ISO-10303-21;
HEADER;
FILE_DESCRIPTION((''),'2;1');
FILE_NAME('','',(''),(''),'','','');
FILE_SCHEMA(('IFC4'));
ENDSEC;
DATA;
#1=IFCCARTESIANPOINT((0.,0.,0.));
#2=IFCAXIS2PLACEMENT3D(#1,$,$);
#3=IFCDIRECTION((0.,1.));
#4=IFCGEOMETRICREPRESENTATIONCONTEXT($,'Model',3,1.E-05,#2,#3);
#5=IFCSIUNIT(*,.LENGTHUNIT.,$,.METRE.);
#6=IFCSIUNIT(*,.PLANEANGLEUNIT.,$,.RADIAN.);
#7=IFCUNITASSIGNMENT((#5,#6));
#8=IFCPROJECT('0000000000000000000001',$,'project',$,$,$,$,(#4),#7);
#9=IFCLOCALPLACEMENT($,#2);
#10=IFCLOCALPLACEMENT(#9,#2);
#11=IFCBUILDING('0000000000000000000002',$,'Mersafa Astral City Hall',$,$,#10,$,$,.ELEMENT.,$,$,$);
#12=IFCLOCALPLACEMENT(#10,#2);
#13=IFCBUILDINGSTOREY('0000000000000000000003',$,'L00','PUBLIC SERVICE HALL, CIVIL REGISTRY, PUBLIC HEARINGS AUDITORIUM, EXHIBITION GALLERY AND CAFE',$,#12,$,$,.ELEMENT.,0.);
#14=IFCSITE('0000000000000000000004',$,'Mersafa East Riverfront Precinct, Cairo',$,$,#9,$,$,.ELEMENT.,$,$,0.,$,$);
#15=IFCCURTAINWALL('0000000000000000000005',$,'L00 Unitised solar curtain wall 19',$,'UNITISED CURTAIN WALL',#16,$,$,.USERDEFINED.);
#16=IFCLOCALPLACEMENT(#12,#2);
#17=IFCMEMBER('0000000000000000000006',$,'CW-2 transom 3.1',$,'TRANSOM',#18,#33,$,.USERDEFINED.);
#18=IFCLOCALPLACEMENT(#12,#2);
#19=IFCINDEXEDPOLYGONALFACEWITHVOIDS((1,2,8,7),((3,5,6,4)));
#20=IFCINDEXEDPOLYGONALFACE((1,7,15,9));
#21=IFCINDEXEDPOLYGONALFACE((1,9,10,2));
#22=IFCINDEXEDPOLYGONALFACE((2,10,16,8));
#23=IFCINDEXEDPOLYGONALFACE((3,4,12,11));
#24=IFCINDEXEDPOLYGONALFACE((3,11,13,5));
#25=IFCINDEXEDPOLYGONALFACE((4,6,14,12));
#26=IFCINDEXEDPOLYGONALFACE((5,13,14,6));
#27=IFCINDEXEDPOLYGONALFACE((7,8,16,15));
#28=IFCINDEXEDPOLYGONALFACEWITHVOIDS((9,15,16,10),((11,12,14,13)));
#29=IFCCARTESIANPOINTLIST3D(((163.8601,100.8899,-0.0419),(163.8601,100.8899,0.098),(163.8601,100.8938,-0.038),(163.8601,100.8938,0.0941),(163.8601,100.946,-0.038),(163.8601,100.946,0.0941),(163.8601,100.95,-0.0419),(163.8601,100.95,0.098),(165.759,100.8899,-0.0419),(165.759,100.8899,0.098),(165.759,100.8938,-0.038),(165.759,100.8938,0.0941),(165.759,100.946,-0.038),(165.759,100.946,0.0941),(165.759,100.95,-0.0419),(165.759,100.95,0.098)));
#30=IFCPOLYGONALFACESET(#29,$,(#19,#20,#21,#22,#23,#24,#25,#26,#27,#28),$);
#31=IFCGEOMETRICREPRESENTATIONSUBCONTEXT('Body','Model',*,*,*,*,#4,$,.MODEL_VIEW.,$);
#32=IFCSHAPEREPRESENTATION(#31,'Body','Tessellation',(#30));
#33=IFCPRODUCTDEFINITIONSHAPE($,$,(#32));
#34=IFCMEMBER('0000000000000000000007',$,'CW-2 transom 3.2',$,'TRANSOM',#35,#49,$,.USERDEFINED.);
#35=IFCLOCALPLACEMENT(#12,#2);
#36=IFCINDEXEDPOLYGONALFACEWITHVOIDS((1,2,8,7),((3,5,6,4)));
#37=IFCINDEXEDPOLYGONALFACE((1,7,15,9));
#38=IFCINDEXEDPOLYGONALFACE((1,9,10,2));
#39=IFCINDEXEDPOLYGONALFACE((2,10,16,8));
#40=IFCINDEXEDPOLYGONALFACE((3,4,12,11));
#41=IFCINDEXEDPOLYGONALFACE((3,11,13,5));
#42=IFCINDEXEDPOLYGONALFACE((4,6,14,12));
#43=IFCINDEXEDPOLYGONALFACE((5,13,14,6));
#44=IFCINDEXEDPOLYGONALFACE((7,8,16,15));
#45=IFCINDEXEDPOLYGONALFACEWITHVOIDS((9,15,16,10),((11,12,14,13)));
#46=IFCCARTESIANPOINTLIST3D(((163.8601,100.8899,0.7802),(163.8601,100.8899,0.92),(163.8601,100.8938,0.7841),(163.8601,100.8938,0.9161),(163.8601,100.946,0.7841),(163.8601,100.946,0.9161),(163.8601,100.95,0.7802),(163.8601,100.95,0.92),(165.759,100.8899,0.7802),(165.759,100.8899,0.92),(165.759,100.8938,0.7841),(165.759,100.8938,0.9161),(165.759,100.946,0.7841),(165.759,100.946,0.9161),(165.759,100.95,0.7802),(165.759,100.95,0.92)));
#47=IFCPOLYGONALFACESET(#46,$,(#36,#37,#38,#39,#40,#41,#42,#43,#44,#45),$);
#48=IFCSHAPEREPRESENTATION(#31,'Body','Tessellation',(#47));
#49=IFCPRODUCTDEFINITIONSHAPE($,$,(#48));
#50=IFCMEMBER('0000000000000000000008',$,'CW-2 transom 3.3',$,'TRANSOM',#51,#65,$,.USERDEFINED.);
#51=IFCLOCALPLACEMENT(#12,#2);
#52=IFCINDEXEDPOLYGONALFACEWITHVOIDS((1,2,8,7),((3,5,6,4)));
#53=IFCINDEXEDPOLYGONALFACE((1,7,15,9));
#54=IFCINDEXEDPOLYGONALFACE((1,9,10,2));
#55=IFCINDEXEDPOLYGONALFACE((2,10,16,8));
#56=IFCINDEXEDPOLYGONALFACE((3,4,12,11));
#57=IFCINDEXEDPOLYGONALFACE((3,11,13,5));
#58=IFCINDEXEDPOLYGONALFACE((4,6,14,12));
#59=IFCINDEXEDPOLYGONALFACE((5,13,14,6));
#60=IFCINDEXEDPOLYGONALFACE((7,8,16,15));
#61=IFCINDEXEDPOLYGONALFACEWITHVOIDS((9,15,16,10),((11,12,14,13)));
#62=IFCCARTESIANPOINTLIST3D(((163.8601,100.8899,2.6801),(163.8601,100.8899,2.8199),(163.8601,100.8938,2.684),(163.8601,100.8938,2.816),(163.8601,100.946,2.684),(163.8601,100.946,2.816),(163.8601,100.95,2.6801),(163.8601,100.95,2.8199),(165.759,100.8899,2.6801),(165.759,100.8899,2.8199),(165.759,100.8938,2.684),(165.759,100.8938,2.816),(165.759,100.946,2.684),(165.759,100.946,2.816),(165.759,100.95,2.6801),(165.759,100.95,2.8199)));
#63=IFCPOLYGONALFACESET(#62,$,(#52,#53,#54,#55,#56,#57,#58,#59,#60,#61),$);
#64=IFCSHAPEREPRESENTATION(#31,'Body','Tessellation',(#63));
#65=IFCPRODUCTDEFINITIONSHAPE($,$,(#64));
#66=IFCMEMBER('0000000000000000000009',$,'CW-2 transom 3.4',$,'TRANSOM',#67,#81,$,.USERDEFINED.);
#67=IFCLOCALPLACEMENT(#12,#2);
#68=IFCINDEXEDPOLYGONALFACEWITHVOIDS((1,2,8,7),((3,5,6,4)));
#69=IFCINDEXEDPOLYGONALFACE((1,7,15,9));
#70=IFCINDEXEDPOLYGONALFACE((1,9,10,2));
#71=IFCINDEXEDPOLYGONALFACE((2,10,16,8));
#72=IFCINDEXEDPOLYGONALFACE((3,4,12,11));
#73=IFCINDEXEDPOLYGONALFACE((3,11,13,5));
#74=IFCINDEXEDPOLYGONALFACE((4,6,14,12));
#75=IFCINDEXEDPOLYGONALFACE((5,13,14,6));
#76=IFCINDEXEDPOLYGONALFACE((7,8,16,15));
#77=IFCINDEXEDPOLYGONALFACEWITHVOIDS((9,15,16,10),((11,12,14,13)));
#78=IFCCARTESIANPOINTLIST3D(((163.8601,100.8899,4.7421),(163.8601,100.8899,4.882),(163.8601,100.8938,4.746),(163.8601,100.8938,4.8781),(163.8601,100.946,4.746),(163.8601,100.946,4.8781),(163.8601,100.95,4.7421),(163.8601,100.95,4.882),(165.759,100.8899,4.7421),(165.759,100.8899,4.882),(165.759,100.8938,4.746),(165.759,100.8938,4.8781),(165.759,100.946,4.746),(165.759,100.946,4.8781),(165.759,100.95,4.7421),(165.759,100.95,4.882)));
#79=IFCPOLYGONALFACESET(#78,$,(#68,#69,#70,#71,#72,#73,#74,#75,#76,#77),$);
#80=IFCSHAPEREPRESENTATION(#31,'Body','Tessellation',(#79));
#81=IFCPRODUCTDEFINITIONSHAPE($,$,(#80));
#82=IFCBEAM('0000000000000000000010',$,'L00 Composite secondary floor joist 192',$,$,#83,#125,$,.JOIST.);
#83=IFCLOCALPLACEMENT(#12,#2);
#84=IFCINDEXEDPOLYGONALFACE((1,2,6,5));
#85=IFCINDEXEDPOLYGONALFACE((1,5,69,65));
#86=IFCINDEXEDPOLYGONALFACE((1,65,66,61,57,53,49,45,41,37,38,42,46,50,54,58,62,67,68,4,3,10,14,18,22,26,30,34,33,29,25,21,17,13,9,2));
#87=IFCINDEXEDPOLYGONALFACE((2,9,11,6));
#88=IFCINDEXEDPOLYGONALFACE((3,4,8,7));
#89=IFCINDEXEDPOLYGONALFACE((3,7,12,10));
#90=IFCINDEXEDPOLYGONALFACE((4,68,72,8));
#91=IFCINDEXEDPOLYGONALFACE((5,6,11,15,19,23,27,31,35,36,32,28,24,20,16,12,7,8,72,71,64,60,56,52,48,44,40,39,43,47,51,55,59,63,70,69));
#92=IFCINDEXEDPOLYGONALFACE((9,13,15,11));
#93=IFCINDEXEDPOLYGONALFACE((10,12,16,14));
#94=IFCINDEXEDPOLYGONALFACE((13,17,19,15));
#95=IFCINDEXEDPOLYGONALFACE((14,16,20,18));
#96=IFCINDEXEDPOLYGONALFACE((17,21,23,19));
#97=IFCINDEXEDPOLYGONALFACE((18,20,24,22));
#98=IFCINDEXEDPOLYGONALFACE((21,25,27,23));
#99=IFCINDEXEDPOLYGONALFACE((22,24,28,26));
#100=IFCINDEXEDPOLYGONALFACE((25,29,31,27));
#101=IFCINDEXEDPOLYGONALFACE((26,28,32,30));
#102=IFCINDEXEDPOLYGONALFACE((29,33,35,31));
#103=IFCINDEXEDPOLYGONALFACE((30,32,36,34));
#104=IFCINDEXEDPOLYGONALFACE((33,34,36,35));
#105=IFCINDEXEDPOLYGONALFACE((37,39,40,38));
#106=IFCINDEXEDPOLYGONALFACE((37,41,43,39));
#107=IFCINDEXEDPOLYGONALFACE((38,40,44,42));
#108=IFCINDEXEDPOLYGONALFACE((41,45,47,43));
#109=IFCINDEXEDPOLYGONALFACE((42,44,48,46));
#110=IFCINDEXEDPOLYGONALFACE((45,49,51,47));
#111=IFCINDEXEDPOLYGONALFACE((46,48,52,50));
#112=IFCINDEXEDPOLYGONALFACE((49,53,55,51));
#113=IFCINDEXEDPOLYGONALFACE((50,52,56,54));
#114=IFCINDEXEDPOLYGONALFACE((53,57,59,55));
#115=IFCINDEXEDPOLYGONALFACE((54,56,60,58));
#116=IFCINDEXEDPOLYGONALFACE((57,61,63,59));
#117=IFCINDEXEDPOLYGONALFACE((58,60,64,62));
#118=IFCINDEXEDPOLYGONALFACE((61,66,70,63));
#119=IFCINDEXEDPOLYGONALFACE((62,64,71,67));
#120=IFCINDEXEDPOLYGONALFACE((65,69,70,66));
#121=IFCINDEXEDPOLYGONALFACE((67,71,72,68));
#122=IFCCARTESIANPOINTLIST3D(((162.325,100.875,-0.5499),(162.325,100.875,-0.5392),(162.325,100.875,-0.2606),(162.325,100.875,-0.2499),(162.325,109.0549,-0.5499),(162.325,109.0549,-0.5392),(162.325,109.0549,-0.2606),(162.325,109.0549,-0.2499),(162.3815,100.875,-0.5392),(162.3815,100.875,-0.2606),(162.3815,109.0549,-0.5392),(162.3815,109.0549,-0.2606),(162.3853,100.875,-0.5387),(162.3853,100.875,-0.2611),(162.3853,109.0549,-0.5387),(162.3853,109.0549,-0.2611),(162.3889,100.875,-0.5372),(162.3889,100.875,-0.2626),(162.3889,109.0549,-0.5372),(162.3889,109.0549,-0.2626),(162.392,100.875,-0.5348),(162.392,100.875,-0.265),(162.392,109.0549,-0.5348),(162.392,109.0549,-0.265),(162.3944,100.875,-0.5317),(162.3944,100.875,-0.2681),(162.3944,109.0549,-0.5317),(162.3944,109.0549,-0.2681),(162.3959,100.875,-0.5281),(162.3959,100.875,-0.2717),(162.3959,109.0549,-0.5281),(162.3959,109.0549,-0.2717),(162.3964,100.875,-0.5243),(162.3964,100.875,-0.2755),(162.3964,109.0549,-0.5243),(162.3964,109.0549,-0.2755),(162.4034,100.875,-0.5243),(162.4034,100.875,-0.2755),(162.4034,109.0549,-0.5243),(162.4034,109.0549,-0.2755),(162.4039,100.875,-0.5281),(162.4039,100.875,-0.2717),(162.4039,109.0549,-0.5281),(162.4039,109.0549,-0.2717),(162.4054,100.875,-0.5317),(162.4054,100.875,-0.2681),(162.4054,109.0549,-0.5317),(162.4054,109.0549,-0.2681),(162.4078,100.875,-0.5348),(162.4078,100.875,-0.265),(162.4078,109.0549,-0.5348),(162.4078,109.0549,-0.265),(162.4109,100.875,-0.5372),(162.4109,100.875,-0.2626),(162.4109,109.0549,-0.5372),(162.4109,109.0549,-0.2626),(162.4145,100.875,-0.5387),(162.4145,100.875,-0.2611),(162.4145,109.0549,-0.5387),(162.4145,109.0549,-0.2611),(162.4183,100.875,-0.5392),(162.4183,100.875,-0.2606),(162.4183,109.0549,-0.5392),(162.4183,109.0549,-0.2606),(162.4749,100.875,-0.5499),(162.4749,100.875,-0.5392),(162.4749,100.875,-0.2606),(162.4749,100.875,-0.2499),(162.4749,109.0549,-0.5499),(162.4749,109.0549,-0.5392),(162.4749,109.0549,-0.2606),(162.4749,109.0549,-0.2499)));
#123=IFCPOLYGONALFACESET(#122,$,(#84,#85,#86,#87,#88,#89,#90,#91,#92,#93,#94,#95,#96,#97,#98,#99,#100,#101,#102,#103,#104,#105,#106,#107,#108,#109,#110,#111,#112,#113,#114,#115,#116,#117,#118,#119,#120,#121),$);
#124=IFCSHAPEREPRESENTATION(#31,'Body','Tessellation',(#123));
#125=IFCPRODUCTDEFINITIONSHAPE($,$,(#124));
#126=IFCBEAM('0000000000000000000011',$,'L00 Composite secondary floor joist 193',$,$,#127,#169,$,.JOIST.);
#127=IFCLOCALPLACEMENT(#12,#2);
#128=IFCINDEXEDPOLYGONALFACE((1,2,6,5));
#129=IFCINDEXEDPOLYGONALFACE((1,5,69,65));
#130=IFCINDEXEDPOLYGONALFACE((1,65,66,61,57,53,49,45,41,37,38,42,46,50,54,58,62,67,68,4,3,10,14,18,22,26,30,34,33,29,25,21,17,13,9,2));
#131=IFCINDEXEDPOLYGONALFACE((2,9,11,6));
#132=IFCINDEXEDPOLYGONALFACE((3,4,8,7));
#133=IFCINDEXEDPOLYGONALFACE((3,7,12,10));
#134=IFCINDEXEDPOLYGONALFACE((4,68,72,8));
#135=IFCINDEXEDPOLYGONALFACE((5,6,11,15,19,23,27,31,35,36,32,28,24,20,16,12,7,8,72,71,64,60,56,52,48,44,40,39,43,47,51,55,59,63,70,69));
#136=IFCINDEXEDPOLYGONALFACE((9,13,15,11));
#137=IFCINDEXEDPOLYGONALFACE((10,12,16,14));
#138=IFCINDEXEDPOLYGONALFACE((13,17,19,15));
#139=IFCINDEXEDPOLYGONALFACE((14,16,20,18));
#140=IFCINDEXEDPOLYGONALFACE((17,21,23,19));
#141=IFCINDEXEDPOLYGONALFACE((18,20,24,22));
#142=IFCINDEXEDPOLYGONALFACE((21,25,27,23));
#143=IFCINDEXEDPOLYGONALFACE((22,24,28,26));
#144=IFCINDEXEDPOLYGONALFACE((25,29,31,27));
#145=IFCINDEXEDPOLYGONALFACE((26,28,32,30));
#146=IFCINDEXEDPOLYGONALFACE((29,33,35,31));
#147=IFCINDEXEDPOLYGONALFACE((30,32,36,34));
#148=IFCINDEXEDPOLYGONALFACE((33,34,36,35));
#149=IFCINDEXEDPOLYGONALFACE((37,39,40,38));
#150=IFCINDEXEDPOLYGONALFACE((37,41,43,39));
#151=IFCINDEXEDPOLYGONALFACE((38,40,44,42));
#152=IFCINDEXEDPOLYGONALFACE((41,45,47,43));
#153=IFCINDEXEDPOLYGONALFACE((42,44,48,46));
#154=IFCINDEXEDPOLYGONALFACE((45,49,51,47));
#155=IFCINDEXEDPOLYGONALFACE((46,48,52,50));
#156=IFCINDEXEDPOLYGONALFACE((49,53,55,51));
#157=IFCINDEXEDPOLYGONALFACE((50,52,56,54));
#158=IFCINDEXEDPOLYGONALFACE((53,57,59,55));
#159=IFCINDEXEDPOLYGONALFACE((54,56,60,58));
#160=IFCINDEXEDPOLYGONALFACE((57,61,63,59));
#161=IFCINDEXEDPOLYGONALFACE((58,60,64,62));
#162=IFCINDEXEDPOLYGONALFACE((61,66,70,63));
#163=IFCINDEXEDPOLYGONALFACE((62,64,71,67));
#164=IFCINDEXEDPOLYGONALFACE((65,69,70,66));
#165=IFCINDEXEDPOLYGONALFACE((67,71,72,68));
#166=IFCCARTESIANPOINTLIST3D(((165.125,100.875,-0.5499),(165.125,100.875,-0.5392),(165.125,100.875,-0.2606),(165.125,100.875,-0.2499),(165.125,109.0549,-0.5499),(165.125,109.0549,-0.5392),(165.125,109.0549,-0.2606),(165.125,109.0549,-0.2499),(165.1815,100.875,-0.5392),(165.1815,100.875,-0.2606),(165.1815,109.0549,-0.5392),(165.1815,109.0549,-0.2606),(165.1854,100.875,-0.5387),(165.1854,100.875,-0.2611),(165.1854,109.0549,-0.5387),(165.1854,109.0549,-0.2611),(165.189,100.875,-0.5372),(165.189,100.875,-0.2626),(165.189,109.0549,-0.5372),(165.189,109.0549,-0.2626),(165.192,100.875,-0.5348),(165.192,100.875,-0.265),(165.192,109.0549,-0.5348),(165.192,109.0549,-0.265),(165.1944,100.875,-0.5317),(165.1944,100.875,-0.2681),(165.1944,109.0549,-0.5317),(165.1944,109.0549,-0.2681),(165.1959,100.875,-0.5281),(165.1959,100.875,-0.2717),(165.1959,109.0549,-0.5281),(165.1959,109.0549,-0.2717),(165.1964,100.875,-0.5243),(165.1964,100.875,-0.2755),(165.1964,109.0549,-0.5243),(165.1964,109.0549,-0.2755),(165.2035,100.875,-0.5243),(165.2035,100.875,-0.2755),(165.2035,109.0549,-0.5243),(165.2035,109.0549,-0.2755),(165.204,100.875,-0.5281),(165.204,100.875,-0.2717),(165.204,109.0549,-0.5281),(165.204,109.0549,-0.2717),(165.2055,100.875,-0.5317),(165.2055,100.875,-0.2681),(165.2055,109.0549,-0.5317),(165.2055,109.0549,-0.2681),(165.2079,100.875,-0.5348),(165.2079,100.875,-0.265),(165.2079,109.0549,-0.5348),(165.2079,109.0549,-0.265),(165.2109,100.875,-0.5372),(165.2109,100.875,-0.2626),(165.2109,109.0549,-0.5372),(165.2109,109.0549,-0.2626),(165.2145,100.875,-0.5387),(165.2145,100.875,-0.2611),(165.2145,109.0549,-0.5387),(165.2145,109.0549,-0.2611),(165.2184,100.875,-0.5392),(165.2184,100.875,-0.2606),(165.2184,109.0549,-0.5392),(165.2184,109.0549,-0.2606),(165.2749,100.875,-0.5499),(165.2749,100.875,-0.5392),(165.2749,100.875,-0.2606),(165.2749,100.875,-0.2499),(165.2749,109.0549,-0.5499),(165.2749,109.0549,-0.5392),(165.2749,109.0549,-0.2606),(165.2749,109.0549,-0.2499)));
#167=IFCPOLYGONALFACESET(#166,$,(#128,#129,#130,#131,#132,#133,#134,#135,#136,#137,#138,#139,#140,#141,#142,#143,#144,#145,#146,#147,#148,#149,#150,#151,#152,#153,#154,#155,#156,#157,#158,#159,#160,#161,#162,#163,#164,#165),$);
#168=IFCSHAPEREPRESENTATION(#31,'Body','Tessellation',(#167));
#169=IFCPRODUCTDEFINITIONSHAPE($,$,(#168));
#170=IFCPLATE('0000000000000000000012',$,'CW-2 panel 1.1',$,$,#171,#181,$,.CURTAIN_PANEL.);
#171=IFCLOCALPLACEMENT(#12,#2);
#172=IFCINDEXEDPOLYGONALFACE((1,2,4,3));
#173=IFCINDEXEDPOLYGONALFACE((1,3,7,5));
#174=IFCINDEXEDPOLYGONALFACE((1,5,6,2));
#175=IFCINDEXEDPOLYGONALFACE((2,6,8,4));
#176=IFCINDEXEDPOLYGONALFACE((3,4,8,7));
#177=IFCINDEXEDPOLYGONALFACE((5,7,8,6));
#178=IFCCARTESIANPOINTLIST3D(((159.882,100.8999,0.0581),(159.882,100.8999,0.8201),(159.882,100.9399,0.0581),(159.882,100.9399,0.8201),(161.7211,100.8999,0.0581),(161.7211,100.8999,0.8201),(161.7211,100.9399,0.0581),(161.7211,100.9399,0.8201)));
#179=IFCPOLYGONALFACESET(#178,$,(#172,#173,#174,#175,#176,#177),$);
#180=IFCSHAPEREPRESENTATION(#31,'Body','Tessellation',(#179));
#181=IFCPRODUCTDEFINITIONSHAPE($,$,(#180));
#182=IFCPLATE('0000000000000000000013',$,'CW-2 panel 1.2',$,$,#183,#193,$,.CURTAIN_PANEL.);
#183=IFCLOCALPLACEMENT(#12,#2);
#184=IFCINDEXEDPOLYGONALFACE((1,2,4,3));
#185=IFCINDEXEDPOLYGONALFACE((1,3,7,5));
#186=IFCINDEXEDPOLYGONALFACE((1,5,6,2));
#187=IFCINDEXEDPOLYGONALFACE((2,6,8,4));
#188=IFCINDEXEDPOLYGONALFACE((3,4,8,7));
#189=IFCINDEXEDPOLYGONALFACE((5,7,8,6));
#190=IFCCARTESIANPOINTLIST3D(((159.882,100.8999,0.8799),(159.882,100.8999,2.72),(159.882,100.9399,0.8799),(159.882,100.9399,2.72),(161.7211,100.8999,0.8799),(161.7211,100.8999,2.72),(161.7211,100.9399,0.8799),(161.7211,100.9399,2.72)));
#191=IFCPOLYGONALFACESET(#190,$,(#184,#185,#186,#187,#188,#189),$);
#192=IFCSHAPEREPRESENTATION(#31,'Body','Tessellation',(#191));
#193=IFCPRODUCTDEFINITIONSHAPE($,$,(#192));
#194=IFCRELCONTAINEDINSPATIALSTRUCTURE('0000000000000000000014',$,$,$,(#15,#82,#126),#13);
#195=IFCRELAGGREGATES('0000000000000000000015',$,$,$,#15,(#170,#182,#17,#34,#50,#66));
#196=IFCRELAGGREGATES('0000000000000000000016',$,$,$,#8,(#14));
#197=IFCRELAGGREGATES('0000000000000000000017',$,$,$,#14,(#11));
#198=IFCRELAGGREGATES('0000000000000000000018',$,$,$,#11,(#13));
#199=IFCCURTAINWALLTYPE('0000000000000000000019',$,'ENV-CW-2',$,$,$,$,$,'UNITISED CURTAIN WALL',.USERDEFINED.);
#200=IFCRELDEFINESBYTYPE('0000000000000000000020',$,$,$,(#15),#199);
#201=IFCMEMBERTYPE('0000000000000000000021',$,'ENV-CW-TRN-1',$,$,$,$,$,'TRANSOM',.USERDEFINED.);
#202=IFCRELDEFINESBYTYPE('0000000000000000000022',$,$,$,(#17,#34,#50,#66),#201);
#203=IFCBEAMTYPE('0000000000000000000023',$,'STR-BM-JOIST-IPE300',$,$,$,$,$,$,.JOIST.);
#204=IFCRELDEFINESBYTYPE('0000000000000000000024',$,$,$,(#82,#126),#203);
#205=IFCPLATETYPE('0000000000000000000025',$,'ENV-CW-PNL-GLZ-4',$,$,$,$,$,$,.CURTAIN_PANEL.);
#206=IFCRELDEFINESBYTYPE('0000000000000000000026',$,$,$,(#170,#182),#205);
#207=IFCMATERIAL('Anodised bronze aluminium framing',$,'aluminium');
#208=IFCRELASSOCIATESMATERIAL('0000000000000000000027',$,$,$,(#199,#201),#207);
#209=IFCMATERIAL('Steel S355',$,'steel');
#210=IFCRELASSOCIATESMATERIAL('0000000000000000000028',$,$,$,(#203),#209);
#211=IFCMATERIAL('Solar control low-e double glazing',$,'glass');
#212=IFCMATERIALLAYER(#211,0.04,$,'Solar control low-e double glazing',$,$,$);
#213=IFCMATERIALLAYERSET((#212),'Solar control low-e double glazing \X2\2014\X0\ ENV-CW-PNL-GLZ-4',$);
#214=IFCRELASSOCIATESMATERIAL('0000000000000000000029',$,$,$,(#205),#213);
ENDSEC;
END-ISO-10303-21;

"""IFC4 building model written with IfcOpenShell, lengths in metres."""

from ifc_helpers import new_model, si_unit, direction, frame, origin, origin_2d, place, context, subcontext, project, spatial, rectangle, hollow_rectangle, i_section, extrude, material, layer, layer_set, material_profile, profile_set, type_object, element, aggregate, save


model = new_model("IFC4")

# Units and contexts
model_context = context("Model", 3, precision=1e-05, world=origin(), true_north=direction((0.0, 1.0)))
body_context = subcontext(model_context, "Body", "Model", "MODEL_VIEW")
ifc_project = project(units=[si_unit("LENGTHUNIT", "METRE"), si_unit("PLANEANGLEUNIT", "RADIAN")], contexts=[model_context])

# Site, building, storey
site_placement = place(None, origin())
site = spatial("IfcSite", under=ifc_project, at=site_placement, Name="Mersafa East Riverfront Precinct, Cairo", CompositionType="ELEMENT", RefElevation=0.0)
building_placement = place(site_placement, origin())
building = spatial("IfcBuilding", under=site, at=building_placement, Name="Mersafa Astral City Hall", CompositionType="ELEMENT")
storey_placement = place(building_placement, origin())
storey = spatial("IfcBuildingStorey", under=building, at=storey_placement, Name="L00", Description="PUBLIC SERVICE HALL, CIVIL REGISTRY, PUBLIC HEARINGS AUDITORIUM, EXHIBITION GALLERY AND CAFE", CompositionType="ELEMENT", Elevation=0.0)

# Curtain wall, members
ifc_material_1 = material(Name="Anodised bronze aluminium framing", Category="aluminium")
curtain_wall_type = type_object("IfcCurtainWallType", Name="ENV-CW-2", ElementType="UNITISED CURTAIN WALL", PredefinedType="USERDEFINED", material=ifc_material_1)
curtain_wall_placement = place(storey_placement, origin())
curtain_wall = element("IfcCurtainWall", 1, at=curtain_wall_placement, inside=storey, type_object=curtain_wall_type, Name="L00 Unitised solar curtain wall 19", ObjectType="UNITISED CURTAIN WALL", PredefinedType="USERDEFINED")
ifc_material_profile_1 = material_profile(ifc_material_1, hollow_rectangle(XDim=0.0601, YDim=0.1399, WallThickness=0.0039, at=origin_2d()), Name="RHS 60x140x4")
ifc_profile_set_1 = profile_set([ifc_material_profile_1], Name="Anodised bronze aluminium framing")
member_type_1 = type_object("IfcMemberType", Name="ENV-CW-TRN-1", ElementType="TRANSOM", PredefinedType="USERDEFINED", material=ifc_profile_set_1)
member_1_placement = place(storey_placement, frame((163.8601, 100.9199, 0.0281), z_axis=(1.0, 0.0, 0.0), x_axis=(0.0, 1.0, 0.0)))
member_1 = element("IfcMember", 2, at=member_1_placement, type_object=member_type_1, Name="CW-2 transom 3.1", ObjectType="TRANSOM", PredefinedType="USERDEFINED", context=body_context, shape_type="SweptSolid", body=[
    extrude(hollow_rectangle(XDim=0.0601, YDim=0.1399, WallThickness=0.0039, at=origin_2d()), origin(), (0.0, 0.0, 1.0), 1.8989),
])
member_2_placement = place(storey_placement, frame((163.8601, 100.9199, 0.8501), z_axis=(1.0, 0.0, 0.0), x_axis=(0.0, 1.0, 0.0)))
member_2 = element("IfcMember", 3, at=member_2_placement, type_object=member_type_1, Name="CW-2 transom 3.2", ObjectType="TRANSOM", PredefinedType="USERDEFINED", context=body_context, shape_type="SweptSolid", body=[
    extrude(hollow_rectangle(XDim=0.0601, YDim=0.1399, WallThickness=0.0039, at=origin_2d()), origin(), (0.0, 0.0, 1.0), 1.8989),
])
member_3_placement = place(storey_placement, frame((163.8601, 100.9199, 2.75), z_axis=(1.0, 0.0, 0.0), x_axis=(0.0, 1.0, 0.0)))
member_3 = element("IfcMember", 4, at=member_3_placement, type_object=member_type_1, Name="CW-2 transom 3.3", ObjectType="TRANSOM", PredefinedType="USERDEFINED", context=body_context, shape_type="SweptSolid", body=[
    extrude(hollow_rectangle(XDim=0.0601, YDim=0.1399, WallThickness=0.0039, at=origin_2d()), origin(), (0.0, 0.0, 1.0), 1.8989),
])
member_4_placement = place(storey_placement, frame((163.8601, 100.9199, 4.812), z_axis=(1.0, 0.0, 0.0), x_axis=(0.0, 1.0, 0.0)))
member_4 = element("IfcMember", 5, at=member_4_placement, type_object=member_type_1, Name="CW-2 transom 3.4", ObjectType="TRANSOM", PredefinedType="USERDEFINED", context=body_context, shape_type="SweptSolid", body=[
    extrude(hollow_rectangle(XDim=0.0601, YDim=0.1399, WallThickness=0.0039, at=origin_2d()), origin(), (0.0, 0.0, 1.0), 1.8989),
])

# Beams
ifc_material_2 = material(Name="Steel S355", Category="steel")
ifc_material_profile_2 = material_profile(ifc_material_2, i_section(OverallWidth=0.1499, OverallDepth=0.3, WebThickness=0.0071, FlangeThickness=0.0107, FilletRadius=0.0149, at=origin_2d()), Name="IPE 300")
ifc_profile_set_2 = profile_set([ifc_material_profile_2], Name="Steel S355")
beam_type = type_object("IfcBeamType", Name="STR-BM-JOIST-IPE300", PredefinedType="JOIST", material=ifc_profile_set_2)
for number, where, z_axis, x_axis, name in (
    (6, (162.3999, 100.875, -0.3999), (0.0, 1.0, 0.0), (-1.0, 0.0, 0.0), "L00 Composite secondary floor joist 192"),
    (7, (165.2, 100.875, -0.3999), (0.0, 1.0, 0.0), (-1.0, 0.0, 0.0), "L00 Composite secondary floor joist 193"),
):
    element("IfcBeam", number, at=place(storey_placement, frame(where, z_axis=z_axis, x_axis=x_axis)), inside=storey, type_object=beam_type, Name=name, PredefinedType="JOIST", context=body_context, shape_type="SweptSolid", body=[
        extrude(i_section(OverallWidth=0.1499, OverallDepth=0.3, WebThickness=0.0071, FlangeThickness=0.0107, FilletRadius=0.0149, at=origin_2d()), origin(), (0.0, 0.0, 1.0), 8.1799),
    ])

# Plates
ifc_material_3 = material(Name="Solar control low-e double glazing", Category="glass")
ifc_layer = layer(ifc_material_3, 0.04, Name="Solar control low-e double glazing")
ifc_layer_set = layer_set([ifc_layer], Name="Solar control low-e double glazing — ENV-CW-PNL-GLZ-4")
plate_type = type_object("IfcPlateType", Name="ENV-CW-PNL-GLZ-4", PredefinedType="CURTAIN_PANEL", material=ifc_layer_set)
plate_1_placement = place(storey_placement, frame((160.8015, 100.9199, 0.0581), z_axis=(0.0, 0.0, 1.0), x_axis=(1.0, 0.0, 0.0)))
plate_1 = element("IfcPlate", 8, at=plate_1_placement, type_object=plate_type, Name="CW-2 panel 1.1", PredefinedType="CURTAIN_PANEL", context=body_context, shape_type="SweptSolid", body=[
    extrude(rectangle(XDim=1.8391, YDim=0.04, at=origin_2d()), origin(), (0.0, 0.0, 1.0), 0.762),
])
plate_2_placement = place(storey_placement, frame((160.8015, 100.9199, 0.8799), z_axis=(0.0, 0.0, 1.0), x_axis=(1.0, 0.0, 0.0)))
plate_2 = element("IfcPlate", 9, at=plate_2_placement, type_object=plate_type, Name="CW-2 panel 1.2", PredefinedType="CURTAIN_PANEL", context=body_context, shape_type="SweptSolid", body=[
    extrude(rectangle(XDim=1.8391, YDim=0.04, at=origin_2d()), origin(), (0.0, 0.0, 1.0), 1.8401),
])
aggregate(curtain_wall, [plate_1, plate_2, member_1, member_2, member_3, member_4])

save(model, "model.ifc")
